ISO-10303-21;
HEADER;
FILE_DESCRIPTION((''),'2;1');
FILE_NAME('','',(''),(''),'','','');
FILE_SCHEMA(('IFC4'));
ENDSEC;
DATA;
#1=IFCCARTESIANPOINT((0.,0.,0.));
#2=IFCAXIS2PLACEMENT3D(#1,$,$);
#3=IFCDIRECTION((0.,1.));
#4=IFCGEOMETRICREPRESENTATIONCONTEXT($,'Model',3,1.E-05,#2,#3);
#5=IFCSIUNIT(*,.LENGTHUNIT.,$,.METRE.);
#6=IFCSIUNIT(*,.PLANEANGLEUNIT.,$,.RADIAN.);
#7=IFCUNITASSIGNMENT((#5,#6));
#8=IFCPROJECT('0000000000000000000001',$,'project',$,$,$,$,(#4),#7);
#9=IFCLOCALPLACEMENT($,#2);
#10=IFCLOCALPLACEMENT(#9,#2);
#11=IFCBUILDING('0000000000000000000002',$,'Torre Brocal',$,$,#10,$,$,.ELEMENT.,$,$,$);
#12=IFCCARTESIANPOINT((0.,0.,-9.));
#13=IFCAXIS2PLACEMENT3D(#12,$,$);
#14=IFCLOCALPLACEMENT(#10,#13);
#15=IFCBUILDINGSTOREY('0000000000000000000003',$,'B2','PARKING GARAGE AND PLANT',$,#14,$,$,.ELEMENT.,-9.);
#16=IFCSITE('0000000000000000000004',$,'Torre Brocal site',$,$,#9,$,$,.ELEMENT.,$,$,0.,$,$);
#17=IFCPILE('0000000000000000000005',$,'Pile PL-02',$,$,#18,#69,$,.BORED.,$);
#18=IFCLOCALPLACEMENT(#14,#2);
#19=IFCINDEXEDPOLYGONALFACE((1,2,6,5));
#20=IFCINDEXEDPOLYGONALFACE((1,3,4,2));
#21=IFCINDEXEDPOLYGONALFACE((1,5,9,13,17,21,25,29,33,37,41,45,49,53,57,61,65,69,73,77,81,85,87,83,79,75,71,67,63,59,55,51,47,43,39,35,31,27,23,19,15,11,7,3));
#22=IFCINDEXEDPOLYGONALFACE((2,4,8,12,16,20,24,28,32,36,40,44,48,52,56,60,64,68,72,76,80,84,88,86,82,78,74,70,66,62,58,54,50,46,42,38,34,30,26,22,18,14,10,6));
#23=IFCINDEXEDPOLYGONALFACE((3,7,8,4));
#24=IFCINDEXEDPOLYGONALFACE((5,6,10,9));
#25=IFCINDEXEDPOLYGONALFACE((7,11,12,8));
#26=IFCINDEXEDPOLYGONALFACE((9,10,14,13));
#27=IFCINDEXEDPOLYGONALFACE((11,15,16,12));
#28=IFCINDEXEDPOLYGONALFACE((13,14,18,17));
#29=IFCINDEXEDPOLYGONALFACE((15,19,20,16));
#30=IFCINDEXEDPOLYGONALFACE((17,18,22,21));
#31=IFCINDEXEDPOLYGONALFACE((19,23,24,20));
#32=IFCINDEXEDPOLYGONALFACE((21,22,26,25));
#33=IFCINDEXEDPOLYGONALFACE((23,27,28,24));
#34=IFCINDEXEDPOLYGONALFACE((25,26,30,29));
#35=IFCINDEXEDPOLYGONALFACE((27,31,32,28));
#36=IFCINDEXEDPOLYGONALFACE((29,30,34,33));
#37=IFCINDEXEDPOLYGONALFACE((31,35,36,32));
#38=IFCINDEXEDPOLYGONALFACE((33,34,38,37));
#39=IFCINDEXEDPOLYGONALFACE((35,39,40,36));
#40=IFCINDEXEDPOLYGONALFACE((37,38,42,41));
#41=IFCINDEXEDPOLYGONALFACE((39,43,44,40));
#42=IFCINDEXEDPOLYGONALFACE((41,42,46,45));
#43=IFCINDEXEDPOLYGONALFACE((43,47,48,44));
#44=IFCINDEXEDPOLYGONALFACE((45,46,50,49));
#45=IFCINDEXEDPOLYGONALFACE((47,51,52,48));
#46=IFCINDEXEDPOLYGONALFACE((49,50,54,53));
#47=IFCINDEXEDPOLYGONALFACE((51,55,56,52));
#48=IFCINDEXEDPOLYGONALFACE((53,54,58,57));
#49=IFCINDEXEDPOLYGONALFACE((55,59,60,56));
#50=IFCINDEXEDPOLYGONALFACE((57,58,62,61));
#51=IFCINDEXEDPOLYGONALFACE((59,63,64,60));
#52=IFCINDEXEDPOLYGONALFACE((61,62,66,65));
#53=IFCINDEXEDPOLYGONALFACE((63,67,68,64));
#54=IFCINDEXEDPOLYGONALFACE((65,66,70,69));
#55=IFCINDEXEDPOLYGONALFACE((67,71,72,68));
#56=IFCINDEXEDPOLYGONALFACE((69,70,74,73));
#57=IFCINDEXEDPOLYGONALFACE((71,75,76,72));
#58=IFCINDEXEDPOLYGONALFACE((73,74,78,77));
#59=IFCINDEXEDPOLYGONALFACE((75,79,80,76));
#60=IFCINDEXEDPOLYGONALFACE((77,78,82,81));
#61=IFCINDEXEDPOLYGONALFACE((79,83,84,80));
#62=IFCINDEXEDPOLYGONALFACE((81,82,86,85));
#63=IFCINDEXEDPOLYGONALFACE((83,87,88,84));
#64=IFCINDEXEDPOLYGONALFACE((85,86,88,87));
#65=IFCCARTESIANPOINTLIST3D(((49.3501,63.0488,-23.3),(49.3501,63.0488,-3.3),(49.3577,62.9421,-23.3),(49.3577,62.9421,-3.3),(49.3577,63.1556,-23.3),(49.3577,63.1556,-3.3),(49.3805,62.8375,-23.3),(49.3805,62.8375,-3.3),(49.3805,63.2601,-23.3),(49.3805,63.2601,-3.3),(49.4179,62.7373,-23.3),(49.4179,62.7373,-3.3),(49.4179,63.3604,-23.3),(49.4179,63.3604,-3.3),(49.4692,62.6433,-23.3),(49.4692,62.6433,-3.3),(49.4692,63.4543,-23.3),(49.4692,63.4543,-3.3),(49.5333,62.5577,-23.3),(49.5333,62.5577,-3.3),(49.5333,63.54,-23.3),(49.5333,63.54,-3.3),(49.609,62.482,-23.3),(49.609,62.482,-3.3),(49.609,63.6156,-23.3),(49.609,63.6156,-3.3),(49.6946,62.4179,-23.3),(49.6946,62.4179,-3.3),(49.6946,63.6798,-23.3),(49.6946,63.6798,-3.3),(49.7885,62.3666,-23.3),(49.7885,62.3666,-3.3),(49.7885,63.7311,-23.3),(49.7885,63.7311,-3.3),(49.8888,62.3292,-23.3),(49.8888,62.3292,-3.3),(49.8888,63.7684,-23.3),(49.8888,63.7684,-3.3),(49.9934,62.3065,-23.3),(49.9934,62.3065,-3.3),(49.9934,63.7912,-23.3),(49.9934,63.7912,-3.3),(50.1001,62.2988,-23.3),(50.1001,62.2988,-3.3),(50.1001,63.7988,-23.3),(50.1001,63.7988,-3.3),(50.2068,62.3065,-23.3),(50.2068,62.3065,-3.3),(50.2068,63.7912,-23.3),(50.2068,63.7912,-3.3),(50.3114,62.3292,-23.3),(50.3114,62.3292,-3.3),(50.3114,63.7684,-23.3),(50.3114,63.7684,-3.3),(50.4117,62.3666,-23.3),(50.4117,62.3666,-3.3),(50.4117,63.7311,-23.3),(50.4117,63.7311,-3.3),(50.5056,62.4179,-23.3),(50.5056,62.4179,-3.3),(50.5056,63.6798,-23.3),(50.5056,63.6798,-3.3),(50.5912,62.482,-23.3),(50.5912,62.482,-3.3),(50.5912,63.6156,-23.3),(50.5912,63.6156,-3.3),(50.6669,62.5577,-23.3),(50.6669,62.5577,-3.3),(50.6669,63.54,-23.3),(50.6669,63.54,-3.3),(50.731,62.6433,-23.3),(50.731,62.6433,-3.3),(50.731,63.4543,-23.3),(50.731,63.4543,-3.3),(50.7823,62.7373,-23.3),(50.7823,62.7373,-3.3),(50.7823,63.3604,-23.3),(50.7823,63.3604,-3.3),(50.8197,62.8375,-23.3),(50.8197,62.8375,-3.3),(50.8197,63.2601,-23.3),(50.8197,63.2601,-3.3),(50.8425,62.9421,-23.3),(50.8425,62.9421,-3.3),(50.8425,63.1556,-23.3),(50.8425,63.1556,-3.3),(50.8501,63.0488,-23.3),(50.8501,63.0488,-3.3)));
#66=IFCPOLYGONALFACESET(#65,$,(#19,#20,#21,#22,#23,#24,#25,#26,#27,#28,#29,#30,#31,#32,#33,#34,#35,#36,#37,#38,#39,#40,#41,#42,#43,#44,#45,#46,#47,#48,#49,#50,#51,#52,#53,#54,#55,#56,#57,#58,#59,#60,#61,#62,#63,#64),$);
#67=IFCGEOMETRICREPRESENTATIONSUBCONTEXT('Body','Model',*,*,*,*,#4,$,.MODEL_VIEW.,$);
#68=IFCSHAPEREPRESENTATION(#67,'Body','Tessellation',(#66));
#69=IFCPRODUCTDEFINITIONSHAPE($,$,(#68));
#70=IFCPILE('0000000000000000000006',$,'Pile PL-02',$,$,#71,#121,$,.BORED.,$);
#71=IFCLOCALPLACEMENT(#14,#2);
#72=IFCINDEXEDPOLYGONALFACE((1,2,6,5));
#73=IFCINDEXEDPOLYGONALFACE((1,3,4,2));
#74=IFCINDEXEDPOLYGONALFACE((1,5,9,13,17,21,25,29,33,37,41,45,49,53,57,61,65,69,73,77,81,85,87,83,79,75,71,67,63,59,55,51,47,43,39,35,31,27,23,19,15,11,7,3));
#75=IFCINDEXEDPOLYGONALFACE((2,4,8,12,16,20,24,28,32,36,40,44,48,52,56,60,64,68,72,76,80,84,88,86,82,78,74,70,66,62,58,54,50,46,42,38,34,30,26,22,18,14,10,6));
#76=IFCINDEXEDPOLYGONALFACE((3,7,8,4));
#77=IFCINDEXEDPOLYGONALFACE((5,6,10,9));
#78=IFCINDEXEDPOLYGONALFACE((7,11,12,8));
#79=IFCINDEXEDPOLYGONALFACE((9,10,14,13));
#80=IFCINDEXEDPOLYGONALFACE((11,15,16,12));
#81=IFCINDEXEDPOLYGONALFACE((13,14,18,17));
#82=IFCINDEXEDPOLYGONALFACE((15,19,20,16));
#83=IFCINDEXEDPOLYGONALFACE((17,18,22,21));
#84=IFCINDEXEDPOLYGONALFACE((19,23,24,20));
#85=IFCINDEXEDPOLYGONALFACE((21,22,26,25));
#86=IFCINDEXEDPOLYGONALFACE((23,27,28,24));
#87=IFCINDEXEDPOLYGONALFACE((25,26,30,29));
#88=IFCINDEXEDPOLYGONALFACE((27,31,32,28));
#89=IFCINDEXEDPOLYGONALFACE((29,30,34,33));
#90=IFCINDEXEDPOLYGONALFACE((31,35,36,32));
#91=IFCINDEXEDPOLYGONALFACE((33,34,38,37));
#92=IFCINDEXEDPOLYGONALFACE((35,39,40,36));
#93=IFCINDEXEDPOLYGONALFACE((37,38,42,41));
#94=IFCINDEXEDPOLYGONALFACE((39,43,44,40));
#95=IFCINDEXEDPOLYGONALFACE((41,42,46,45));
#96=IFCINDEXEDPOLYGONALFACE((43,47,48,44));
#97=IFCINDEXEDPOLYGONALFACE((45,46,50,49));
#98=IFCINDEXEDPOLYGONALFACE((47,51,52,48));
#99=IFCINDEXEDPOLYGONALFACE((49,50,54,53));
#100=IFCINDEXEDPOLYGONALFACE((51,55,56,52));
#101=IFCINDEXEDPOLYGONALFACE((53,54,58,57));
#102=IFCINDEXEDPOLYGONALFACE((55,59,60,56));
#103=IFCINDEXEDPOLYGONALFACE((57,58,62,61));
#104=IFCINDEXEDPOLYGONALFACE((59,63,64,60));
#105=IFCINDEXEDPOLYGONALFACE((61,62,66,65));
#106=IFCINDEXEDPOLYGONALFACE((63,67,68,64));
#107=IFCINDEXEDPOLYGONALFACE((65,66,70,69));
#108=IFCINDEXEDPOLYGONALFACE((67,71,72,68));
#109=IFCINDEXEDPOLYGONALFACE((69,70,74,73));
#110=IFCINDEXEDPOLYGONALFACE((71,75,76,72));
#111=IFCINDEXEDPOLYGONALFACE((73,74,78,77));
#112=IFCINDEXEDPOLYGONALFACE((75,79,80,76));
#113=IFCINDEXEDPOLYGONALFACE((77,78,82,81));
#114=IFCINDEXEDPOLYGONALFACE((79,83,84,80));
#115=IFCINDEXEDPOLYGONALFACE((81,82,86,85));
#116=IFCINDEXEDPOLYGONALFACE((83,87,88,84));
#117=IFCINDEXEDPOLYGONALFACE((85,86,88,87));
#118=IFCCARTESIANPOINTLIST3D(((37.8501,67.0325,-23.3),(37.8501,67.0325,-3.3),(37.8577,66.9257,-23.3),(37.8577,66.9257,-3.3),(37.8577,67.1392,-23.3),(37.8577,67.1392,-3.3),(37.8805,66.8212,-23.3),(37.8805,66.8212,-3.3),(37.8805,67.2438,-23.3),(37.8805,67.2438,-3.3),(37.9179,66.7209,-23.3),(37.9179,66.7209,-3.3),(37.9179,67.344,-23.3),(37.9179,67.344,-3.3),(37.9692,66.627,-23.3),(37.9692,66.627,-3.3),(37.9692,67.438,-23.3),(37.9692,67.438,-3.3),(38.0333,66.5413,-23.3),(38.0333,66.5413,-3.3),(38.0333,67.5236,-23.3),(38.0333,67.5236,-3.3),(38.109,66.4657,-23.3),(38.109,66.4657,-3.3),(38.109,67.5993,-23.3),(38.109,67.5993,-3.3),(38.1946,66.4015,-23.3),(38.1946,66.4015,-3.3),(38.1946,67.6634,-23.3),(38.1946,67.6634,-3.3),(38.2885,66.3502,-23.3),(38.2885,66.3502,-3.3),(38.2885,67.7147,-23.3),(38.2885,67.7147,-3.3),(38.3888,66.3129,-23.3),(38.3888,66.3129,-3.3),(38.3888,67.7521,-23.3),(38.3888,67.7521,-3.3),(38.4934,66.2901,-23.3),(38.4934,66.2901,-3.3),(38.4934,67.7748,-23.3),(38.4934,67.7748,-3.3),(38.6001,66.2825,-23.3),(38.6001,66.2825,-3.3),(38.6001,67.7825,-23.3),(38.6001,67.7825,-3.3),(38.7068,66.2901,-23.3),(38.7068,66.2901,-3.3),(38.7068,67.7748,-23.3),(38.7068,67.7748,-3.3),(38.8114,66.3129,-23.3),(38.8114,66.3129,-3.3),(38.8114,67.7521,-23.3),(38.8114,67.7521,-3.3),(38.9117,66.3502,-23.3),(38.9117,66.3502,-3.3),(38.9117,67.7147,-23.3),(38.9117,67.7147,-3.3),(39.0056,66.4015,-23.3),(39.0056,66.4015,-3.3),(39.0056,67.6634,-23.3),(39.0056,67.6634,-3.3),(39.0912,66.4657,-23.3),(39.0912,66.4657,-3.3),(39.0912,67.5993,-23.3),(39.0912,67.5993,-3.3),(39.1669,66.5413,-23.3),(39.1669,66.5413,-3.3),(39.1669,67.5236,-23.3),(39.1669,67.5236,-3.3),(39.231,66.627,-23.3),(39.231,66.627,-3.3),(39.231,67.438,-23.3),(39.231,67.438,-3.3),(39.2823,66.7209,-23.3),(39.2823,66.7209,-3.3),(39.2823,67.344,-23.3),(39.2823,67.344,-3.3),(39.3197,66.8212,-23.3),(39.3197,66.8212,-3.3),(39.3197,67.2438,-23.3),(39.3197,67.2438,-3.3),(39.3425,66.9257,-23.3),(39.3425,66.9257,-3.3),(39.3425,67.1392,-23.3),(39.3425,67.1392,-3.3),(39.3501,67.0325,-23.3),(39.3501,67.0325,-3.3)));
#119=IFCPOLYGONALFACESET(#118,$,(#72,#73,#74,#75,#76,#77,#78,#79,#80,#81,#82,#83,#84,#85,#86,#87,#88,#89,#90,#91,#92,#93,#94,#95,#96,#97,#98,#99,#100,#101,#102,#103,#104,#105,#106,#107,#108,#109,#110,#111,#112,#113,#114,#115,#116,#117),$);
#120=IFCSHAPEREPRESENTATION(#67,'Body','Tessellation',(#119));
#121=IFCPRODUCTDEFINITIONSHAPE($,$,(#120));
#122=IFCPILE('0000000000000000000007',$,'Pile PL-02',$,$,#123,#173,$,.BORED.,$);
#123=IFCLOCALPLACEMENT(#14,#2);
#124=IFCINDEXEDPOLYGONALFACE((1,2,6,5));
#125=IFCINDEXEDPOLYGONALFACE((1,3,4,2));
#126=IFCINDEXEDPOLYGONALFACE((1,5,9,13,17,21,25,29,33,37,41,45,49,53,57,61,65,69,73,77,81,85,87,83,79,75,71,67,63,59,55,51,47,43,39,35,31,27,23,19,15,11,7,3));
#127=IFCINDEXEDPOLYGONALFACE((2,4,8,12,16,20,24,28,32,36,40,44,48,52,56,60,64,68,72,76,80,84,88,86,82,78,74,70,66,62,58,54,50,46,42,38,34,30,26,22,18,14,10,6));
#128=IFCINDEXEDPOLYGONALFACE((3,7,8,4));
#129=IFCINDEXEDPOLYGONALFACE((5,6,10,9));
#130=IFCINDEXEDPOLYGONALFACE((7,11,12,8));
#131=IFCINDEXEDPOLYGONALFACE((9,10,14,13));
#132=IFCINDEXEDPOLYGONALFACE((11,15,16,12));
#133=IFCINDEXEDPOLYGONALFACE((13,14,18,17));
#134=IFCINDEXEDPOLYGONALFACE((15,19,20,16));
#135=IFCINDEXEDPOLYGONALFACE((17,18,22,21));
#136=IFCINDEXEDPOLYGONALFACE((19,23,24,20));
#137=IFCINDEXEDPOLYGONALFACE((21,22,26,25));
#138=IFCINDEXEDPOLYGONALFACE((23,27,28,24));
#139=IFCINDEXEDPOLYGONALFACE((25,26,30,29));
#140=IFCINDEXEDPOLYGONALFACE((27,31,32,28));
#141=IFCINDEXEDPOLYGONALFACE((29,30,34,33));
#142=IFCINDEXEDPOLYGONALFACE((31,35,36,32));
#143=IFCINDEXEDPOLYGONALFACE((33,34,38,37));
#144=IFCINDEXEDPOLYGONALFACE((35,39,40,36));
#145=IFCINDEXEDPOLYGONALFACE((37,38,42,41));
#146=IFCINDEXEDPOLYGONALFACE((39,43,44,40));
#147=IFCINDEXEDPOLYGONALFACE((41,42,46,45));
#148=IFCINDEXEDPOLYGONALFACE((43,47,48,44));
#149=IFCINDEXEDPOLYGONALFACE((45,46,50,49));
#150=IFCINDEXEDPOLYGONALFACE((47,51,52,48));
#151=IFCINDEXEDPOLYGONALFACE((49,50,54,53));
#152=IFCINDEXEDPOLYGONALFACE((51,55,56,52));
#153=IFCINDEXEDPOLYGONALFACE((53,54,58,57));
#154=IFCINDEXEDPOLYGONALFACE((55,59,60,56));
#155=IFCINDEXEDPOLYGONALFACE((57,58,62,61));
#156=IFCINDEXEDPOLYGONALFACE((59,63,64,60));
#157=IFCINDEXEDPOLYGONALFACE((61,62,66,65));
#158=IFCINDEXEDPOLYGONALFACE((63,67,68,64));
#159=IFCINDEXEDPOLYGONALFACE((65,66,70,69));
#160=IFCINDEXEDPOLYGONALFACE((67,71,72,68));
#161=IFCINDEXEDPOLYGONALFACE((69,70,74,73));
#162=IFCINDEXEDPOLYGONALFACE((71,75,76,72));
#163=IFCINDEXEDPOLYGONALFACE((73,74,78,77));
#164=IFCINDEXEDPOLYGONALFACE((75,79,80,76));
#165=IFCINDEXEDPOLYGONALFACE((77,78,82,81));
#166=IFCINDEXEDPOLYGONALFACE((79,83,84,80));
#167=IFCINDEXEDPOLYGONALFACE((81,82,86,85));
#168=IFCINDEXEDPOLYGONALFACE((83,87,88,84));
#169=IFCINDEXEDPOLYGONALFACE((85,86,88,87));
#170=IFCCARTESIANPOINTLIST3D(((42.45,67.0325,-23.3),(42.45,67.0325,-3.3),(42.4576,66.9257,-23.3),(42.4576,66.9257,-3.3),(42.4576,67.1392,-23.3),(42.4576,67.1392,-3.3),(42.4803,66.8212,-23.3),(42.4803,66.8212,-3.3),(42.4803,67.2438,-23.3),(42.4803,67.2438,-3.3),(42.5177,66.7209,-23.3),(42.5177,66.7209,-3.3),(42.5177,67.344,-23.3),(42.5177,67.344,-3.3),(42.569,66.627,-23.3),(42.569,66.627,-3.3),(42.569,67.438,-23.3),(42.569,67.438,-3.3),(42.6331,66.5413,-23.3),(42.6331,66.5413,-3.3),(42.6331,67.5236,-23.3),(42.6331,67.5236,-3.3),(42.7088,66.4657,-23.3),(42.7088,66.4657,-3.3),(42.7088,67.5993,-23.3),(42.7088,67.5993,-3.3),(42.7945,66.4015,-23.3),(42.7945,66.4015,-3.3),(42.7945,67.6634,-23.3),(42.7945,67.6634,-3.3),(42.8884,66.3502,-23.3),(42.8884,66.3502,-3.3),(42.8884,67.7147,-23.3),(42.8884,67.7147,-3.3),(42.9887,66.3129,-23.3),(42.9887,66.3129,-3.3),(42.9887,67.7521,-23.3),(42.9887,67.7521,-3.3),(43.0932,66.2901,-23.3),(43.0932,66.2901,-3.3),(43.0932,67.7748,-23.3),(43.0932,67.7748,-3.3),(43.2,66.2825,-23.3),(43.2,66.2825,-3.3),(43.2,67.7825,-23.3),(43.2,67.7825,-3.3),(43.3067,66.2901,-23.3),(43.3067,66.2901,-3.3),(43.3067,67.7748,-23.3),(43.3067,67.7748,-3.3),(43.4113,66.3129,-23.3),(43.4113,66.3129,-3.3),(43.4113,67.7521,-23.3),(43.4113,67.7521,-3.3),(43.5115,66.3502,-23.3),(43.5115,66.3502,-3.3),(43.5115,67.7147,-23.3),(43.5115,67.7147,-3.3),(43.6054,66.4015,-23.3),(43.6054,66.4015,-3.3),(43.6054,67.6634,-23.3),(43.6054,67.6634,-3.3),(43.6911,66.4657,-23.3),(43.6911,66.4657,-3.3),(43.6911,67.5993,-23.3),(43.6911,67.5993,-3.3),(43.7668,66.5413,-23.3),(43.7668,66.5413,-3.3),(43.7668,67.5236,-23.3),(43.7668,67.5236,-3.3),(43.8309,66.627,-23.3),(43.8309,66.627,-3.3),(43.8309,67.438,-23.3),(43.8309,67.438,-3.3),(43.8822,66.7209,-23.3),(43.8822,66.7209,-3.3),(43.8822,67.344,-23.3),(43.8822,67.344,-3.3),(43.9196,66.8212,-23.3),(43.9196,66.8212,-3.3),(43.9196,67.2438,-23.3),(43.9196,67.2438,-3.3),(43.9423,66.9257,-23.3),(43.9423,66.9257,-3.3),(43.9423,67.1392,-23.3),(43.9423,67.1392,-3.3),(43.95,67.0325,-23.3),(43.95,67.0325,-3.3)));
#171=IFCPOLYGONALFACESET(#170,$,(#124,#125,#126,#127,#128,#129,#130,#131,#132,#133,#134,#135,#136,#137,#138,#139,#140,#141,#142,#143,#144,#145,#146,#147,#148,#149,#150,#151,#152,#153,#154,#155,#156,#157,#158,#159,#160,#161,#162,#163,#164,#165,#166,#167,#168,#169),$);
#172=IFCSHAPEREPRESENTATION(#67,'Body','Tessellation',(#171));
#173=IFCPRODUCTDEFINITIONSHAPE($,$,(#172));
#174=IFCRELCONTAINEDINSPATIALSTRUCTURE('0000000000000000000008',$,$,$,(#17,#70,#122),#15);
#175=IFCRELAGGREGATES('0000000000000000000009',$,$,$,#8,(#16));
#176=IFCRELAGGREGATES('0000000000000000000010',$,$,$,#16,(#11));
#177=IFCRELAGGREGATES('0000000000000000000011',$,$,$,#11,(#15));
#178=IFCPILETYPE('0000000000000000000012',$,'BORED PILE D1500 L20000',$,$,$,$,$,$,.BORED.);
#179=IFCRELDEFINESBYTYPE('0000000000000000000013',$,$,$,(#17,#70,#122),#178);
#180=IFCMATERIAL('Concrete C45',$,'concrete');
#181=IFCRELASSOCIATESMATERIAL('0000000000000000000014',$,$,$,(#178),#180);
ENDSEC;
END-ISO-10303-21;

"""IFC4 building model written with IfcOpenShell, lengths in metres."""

from ifc_helpers import new_model, si_unit, direction, frame, origin, origin_2d, place, context, subcontext, project, spatial, circle, extrude, material, material_profile, profile_set, type_object, element, save


model = new_model("IFC4")

# Units and contexts
model_context = context("Model", 3, precision=1e-05, world=origin(), true_north=direction((0.0, 1.0)))
body_context = subcontext(model_context, "Body", "Model", "MODEL_VIEW")
ifc_project = project(units=[si_unit("LENGTHUNIT", "METRE"), si_unit("PLANEANGLEUNIT", "RADIAN")], contexts=[model_context])

# Site, building, storey
site_placement = place(None, origin())
site = spatial("IfcSite", under=ifc_project, at=site_placement, Name="Torre Brocal site", CompositionType="ELEMENT", RefElevation=0.0)
building_placement = place(site_placement, origin())
building = spatial("IfcBuilding", under=site, at=building_placement, Name="Torre Brocal", CompositionType="ELEMENT")
storey_placement = place(building_placement, frame((0.0, 0.0, -9.0)))
storey = spatial("IfcBuildingStorey", under=building, at=storey_placement, Name="B2", Description="PARKING GARAGE AND PLANT", CompositionType="ELEMENT", Elevation=-9.0)

# Piles
ifc_material_1 = material(Name="Concrete C45", Category="concrete")
ifc_material_profile_1 = material_profile(ifc_material_1, circle(Radius=0.75, at=origin_2d()), Name="BORED PILE D1500")
ifc_profile_set_1 = profile_set([ifc_material_profile_1], Name="Concrete C45")
pile_type_1 = type_object("IfcPileType", Name="BORED PILE D1500 L20000", PredefinedType="BORED", material=ifc_profile_set_1)
for number, where, z_axis, x_axis, name in (
    (1, (50.1001, 63.0488, -3.3), (0.0, 0.0, -1.0), (1.0, 0.0, 0.0), "Pile PL-02"),
    (2, (38.6001, 67.0325, -3.3), (0.0, 0.0, -1.0), (1.0, 0.0, 0.0), "Pile PL-02"),
    (3, (43.2, 67.0325, -3.3), (0.0, 0.0, -1.0), (1.0, 0.0, 0.0), "Pile PL-02"),
):
    element("IfcPile", number, at=place(storey_placement, frame(where, z_axis=z_axis, x_axis=x_axis)), inside=storey, type_object=pile_type_1, Name=name, PredefinedType="BORED", context=body_context, shape_type="SweptSolid", body=[
        extrude(circle(Radius=0.75, at=origin_2d()), origin(), (0.0, 0.0, 1.0), 20.0),
    ])

save(model, "model.ifc")
